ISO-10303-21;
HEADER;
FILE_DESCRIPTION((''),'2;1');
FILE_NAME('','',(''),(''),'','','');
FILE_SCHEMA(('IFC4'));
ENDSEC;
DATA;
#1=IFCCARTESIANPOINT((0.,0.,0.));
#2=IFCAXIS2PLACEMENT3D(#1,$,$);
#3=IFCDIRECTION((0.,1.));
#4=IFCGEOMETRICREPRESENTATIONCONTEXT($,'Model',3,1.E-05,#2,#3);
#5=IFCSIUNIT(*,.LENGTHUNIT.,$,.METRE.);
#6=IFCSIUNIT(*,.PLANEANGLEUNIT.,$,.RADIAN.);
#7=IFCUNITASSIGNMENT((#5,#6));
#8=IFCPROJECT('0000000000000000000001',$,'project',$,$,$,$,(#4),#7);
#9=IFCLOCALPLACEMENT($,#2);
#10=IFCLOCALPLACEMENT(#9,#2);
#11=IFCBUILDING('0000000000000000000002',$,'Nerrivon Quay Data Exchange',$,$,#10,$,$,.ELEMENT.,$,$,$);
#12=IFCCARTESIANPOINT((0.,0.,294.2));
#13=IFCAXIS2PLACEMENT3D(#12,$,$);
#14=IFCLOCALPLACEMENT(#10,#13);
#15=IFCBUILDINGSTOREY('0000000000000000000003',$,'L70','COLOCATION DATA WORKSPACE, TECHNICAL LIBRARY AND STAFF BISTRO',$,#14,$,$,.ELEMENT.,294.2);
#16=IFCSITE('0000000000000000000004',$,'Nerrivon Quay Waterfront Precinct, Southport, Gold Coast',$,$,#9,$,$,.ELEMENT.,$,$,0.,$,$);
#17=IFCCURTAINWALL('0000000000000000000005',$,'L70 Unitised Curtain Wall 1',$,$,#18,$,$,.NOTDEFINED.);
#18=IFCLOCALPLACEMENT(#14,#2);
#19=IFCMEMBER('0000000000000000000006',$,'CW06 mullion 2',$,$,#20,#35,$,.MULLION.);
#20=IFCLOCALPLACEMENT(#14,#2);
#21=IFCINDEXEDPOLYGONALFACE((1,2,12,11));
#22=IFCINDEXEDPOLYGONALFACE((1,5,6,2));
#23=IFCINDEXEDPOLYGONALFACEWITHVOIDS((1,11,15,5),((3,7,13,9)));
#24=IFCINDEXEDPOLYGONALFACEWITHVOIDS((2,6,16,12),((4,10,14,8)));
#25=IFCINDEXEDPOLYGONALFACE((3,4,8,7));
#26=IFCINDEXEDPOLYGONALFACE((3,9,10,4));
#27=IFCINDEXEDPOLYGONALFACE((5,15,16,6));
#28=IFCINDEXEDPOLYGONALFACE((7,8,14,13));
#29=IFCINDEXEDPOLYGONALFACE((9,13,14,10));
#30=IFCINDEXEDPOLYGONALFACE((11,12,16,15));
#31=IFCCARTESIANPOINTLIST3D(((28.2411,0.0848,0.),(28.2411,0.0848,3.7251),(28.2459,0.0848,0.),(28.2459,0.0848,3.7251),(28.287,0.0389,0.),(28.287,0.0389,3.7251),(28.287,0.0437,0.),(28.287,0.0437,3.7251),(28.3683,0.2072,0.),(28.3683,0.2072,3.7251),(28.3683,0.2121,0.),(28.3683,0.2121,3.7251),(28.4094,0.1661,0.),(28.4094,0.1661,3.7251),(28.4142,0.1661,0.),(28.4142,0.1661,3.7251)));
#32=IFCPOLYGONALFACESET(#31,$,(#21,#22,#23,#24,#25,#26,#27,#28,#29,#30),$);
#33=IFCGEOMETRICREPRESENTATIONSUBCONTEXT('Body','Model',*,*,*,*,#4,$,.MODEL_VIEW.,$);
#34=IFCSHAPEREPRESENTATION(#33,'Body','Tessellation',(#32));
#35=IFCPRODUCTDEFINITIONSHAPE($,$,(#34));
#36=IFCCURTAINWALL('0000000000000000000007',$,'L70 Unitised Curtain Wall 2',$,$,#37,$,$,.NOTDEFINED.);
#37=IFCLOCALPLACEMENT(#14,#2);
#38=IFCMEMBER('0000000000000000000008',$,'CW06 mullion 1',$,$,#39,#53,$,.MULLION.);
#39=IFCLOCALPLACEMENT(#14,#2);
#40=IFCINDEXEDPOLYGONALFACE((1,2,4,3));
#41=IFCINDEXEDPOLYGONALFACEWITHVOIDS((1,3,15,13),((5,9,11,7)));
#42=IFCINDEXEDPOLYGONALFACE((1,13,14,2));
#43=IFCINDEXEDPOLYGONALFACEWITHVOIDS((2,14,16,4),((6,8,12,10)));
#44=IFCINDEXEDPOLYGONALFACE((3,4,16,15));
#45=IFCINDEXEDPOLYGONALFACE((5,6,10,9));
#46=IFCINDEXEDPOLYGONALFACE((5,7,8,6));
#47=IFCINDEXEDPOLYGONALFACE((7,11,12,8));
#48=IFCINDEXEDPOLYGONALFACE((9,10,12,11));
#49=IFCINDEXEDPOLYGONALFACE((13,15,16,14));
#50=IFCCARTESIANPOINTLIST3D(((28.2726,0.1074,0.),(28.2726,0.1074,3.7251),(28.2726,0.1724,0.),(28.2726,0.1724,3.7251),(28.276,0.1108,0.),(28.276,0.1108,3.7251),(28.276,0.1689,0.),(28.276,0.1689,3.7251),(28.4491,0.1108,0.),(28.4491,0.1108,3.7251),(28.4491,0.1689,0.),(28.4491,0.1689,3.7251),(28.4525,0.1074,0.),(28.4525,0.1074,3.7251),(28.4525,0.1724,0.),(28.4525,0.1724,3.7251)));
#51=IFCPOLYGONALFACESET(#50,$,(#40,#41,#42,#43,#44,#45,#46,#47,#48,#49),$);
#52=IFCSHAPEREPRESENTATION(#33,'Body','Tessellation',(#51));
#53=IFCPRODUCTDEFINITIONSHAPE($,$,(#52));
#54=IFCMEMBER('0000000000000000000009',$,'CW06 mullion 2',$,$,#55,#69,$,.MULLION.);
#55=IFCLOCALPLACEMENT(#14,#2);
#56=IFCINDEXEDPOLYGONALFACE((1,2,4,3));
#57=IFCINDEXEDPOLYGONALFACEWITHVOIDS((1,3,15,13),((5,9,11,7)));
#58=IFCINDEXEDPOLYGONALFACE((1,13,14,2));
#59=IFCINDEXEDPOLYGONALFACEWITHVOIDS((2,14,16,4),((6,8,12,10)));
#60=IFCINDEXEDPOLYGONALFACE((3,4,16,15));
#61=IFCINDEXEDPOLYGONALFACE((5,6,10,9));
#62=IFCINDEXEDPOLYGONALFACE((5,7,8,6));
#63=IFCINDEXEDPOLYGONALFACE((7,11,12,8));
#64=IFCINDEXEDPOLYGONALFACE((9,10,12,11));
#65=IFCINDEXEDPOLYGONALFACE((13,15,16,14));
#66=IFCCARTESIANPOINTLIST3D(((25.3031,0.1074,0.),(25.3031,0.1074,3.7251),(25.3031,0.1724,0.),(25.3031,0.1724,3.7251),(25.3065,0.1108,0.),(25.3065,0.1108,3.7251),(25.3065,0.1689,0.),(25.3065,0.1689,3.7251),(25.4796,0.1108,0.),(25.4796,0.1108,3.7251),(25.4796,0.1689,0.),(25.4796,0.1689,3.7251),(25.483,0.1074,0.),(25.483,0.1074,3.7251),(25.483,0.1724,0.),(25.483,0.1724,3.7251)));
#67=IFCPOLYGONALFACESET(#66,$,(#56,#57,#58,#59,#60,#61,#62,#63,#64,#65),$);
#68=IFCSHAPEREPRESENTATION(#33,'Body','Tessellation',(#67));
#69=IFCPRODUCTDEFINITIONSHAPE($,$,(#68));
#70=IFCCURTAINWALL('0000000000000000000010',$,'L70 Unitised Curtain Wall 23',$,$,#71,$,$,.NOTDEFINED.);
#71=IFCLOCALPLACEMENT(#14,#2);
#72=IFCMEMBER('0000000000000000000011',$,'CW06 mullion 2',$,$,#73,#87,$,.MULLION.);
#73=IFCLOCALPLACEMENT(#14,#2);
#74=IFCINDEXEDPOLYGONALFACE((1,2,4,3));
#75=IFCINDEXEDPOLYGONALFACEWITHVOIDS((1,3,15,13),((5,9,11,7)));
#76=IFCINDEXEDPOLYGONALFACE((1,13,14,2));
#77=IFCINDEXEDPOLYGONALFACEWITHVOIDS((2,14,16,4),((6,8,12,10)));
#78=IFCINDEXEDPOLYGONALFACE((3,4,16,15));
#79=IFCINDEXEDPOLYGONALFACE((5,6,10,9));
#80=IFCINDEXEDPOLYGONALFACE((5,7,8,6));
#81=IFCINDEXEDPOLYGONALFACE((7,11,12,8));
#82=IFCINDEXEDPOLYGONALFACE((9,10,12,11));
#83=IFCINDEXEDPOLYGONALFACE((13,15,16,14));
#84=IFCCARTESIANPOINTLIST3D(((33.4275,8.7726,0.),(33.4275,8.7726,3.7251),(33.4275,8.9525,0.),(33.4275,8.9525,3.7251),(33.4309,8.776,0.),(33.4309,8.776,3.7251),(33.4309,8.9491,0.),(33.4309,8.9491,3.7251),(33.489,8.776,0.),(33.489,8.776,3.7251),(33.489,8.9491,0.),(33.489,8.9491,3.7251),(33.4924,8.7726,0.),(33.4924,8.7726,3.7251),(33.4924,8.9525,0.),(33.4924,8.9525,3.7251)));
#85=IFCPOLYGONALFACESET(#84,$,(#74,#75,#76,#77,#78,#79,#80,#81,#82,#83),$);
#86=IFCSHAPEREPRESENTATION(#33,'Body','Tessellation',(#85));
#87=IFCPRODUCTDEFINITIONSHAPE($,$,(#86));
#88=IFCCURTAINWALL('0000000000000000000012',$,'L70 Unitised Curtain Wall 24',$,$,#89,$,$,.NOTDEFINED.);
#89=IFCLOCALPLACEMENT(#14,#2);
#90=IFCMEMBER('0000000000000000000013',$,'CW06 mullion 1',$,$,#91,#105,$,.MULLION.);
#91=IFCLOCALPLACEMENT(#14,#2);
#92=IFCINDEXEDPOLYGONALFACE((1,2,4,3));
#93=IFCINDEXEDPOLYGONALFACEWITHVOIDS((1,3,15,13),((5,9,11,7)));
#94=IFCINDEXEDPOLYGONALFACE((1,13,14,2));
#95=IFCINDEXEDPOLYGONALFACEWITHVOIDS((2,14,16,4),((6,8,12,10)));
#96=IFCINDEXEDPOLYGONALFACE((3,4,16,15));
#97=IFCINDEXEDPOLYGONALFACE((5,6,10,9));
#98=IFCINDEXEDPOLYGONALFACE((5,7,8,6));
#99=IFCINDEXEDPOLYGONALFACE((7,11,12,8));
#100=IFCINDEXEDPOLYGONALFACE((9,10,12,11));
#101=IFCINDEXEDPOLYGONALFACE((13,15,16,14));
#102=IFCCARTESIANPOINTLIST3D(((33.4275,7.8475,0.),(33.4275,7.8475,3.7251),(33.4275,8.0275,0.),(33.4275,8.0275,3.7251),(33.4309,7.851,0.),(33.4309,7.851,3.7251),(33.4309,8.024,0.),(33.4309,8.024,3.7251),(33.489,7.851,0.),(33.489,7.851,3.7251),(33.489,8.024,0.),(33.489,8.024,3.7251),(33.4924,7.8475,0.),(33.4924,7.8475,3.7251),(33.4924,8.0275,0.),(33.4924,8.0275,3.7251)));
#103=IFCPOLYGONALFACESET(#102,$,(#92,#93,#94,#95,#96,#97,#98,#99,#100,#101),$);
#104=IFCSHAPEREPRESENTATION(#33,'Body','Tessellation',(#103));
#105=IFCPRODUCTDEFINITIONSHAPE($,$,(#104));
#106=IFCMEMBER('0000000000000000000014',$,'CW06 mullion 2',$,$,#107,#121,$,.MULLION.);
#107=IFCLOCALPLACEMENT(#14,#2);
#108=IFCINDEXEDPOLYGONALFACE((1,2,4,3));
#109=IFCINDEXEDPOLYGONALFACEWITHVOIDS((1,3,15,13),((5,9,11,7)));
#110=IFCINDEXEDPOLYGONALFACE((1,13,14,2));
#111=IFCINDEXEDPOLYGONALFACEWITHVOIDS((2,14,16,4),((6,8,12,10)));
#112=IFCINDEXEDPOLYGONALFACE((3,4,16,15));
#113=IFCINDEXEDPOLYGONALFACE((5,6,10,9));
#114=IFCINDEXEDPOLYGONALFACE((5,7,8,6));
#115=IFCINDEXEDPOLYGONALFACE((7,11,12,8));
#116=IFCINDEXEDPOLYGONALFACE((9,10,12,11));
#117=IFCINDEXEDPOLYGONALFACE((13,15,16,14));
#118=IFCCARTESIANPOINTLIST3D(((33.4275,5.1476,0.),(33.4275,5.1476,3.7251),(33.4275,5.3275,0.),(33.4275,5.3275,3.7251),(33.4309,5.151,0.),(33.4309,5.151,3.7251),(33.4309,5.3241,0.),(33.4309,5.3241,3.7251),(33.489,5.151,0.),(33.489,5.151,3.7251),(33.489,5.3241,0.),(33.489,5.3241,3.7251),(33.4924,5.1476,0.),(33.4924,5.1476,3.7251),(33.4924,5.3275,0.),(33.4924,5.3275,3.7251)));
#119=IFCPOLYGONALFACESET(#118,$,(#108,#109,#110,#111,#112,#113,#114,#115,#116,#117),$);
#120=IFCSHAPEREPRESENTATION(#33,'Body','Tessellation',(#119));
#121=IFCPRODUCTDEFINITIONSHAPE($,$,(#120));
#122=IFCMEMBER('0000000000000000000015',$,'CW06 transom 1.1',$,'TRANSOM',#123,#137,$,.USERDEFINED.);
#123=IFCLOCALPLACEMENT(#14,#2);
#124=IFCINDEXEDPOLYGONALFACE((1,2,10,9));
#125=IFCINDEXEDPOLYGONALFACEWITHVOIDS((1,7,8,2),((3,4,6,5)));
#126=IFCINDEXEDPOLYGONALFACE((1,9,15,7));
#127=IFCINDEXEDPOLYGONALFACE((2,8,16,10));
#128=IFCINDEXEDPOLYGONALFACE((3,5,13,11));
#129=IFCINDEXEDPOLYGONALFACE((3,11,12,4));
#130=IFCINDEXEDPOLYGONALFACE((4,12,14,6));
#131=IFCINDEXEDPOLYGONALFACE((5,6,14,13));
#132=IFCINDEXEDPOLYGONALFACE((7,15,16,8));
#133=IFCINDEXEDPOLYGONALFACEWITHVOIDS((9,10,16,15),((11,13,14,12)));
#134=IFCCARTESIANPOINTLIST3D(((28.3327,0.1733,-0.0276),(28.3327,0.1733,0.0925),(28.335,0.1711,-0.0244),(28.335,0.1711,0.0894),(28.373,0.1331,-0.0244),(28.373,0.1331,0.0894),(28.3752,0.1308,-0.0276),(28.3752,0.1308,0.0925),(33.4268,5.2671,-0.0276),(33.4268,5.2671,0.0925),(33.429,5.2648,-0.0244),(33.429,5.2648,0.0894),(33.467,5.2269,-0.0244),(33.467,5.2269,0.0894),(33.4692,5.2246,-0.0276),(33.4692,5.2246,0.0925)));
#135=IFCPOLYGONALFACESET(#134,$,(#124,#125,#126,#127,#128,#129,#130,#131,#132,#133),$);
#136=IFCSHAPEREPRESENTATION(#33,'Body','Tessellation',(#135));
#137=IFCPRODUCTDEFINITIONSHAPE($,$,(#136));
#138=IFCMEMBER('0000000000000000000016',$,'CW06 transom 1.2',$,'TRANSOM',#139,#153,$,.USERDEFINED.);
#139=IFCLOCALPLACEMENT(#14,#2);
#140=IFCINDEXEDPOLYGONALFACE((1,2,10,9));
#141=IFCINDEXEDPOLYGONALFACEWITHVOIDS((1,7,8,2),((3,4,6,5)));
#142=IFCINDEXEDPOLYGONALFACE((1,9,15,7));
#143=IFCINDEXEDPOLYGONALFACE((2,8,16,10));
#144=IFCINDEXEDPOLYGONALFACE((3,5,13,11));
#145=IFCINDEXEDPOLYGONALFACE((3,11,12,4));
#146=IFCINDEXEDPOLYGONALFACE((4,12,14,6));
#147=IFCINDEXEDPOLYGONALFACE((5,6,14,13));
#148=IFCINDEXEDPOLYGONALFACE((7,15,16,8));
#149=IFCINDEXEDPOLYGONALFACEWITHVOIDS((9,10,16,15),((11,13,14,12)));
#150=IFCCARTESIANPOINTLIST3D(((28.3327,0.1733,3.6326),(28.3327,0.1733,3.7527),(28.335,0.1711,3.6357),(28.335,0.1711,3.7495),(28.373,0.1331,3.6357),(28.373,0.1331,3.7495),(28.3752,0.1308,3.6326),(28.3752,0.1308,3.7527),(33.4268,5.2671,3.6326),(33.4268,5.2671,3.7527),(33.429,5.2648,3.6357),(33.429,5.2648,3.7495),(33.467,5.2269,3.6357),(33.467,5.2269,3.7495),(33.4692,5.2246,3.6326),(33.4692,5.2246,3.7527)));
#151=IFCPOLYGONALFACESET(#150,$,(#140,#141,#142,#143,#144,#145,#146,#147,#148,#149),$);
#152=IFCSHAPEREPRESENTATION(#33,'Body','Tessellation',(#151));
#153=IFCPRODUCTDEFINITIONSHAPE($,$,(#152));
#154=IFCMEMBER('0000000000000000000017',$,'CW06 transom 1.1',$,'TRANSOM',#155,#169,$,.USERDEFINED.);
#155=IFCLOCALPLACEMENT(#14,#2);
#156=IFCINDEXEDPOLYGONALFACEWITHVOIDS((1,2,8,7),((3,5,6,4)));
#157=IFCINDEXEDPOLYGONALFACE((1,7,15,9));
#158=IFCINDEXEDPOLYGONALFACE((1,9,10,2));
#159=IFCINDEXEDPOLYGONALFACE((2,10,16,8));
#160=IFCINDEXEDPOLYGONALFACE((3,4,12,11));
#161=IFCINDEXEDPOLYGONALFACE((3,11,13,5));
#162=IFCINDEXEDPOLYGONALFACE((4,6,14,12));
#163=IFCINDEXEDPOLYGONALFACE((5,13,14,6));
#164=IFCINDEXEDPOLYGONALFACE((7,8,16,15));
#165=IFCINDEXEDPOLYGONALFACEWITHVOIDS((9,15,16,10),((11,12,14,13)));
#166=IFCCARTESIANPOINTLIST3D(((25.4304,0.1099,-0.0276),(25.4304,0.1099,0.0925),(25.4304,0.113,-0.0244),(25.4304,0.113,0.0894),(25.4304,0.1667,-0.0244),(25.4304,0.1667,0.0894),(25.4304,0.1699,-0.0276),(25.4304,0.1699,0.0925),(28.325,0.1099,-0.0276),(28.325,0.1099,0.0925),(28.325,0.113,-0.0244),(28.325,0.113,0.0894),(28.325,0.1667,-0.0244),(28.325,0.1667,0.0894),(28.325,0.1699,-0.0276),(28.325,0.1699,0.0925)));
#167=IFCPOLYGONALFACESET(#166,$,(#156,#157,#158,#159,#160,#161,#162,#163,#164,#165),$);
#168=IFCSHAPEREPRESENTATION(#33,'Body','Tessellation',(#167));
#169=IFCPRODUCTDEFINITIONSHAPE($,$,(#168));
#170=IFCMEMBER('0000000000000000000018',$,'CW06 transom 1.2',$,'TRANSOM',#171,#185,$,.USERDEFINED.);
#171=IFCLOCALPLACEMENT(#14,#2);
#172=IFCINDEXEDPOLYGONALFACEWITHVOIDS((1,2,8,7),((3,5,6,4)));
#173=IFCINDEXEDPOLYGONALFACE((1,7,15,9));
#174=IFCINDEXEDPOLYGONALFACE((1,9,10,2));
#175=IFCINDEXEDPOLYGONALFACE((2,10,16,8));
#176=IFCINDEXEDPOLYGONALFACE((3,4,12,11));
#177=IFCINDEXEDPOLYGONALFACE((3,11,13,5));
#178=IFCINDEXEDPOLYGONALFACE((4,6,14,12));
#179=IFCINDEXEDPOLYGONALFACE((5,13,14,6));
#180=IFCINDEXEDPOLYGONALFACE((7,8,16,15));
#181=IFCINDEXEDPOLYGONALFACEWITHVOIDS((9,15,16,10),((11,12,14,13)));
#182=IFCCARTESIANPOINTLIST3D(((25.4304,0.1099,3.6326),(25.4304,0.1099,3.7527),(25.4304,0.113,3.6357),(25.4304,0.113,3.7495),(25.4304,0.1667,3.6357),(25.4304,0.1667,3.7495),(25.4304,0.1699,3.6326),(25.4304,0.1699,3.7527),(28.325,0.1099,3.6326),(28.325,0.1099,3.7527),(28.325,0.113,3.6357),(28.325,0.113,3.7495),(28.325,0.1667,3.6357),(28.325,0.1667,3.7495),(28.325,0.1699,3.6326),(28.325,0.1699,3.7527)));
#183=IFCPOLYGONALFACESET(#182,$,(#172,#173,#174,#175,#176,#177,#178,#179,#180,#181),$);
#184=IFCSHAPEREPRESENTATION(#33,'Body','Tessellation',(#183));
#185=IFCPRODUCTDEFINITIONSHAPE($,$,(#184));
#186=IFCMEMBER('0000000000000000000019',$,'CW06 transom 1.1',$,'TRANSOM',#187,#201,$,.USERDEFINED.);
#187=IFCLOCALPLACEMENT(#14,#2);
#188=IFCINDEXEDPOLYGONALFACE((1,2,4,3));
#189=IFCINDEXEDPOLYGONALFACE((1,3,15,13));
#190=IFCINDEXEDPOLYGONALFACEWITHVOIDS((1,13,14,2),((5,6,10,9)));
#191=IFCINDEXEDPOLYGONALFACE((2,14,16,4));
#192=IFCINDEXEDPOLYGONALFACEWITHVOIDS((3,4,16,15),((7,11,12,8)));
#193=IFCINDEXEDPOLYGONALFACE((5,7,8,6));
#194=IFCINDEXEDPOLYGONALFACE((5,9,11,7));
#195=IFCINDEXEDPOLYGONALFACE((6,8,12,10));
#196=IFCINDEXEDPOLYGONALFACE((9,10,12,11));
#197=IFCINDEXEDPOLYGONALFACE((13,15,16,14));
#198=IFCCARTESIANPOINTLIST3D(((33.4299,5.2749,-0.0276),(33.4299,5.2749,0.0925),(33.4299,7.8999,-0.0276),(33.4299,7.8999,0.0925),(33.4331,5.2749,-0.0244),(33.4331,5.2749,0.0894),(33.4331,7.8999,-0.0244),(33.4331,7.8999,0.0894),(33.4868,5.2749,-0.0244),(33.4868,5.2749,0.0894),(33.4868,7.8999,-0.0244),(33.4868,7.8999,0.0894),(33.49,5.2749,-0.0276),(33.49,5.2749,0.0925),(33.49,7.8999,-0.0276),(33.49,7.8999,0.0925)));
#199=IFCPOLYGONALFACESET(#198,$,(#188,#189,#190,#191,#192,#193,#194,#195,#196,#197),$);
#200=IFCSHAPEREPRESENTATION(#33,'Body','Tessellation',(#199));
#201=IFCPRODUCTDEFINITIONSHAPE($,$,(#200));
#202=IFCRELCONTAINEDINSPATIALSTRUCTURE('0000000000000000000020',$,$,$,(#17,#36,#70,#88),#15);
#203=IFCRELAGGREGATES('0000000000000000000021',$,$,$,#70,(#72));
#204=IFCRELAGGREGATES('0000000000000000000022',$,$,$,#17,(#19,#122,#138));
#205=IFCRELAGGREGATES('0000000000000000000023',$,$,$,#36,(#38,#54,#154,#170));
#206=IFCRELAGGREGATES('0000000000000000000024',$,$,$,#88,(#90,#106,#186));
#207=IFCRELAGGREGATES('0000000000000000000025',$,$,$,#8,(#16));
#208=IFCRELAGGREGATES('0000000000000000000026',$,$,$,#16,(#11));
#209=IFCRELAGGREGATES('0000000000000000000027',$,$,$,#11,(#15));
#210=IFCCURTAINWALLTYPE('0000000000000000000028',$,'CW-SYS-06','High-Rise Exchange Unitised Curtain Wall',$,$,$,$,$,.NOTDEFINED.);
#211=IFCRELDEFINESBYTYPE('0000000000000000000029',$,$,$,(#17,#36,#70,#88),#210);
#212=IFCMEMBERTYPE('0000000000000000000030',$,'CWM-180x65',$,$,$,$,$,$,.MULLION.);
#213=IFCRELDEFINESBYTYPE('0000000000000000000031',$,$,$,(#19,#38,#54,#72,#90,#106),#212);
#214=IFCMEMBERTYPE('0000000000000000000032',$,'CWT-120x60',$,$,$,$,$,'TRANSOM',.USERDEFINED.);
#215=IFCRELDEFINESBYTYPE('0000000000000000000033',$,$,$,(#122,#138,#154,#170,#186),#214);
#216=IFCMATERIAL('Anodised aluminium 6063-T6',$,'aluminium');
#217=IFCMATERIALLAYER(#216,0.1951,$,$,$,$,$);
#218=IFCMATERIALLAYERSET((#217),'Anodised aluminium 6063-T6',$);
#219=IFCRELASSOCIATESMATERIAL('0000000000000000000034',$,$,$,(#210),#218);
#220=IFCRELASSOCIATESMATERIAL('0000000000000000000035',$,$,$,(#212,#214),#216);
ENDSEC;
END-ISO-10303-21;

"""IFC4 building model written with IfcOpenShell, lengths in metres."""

from ifc_helpers import new_model, si_unit, direction, frame, origin, origin_2d, place, context, subcontext, project, spatial, hollow_rectangle, extrude, material, layer, layer_set, material_profile, profile_set, type_object, element, aggregate, save


model = new_model("IFC4")

# Units and contexts
model_context = context("Model", 3, precision=1e-05, world=origin(), true_north=direction((0.0, 1.0)))
body_context = subcontext(model_context, "Body", "Model", "MODEL_VIEW")
ifc_project = project(units=[si_unit("LENGTHUNIT", "METRE"), si_unit("PLANEANGLEUNIT", "RADIAN")], contexts=[model_context])

# Site, building, storey
site_placement = place(None, origin())
site = spatial("IfcSite", under=ifc_project, at=site_placement, Name="Nerrivon Quay Waterfront Precinct, Southport, Gold Coast", CompositionType="ELEMENT", RefElevation=0.0)
building_placement = place(site_placement, origin())
building = spatial("IfcBuilding", under=site, at=building_placement, Name="Nerrivon Quay Data Exchange", CompositionType="ELEMENT")
storey_placement = place(building_placement, frame((0.0, 0.0, 294.2)))
storey = spatial("IfcBuildingStorey", under=building, at=storey_placement, Name="L70", Description="COLOCATION DATA WORKSPACE, TECHNICAL LIBRARY AND STAFF BISTRO", CompositionType="ELEMENT", Elevation=294.2)

# Curtain walls, members
ifc_material_1 = material(Name="Anodised aluminium 6063-T6", Category="aluminium")
ifc_layer_1 = layer(ifc_material_1, 0.1951)
ifc_layer_set_1 = layer_set([ifc_layer_1], Name="Anodised aluminium 6063-T6")
curtain_wall_type = type_object("IfcCurtainWallType", Name="CW-SYS-06", Description="High-Rise Exchange Unitised Curtain Wall", PredefinedType="NOTDEFINED", material=ifc_layer_set_1)
curtain_wall_1_placement = place(storey_placement, origin())
curtain_wall_1 = element("IfcCurtainWall", 1, at=curtain_wall_1_placement, inside=storey, type_object=curtain_wall_type, Name="L70 Unitised Curtain Wall 1", PredefinedType="NOTDEFINED")
ifc_material_profile_1 = material_profile(ifc_material_1, hollow_rectangle(XDim=0.0649, YDim=0.1799, WallThickness=0.0034, at=origin_2d()), Name="ALU-MULL-180x65")
ifc_profile_set_1 = profile_set([ifc_material_profile_1], Name="Anodised aluminium 6063-T6")
member_type_1 = type_object("IfcMemberType", Name="CWM-180x65", PredefinedType="MULLION", material=ifc_profile_set_1)
member_1_placement = place(storey_placement, frame((28.3276, 0.1255, 0.0), z_axis=(0.0, 0.0, 1.0), x_axis=(0.707107, -0.707107, 0.0)))
member_1 = element("IfcMember", 2, at=member_1_placement, type_object=member_type_1, Name="CW06 mullion 2", PredefinedType="MULLION", context=body_context, shape_type="SweptSolid", body=[
    extrude(hollow_rectangle(XDim=0.0649, YDim=0.1799, WallThickness=0.0034, at=origin_2d()), origin(), (0.0, 0.0, 1.0), 3.7251),
])
curtain_wall_2_placement = place(storey_placement, origin())
curtain_wall_2 = element("IfcCurtainWall", 3, at=curtain_wall_2_placement, inside=storey, type_object=curtain_wall_type, Name="L70 Unitised Curtain Wall 2", PredefinedType="NOTDEFINED")
member_2_placement = place(storey_placement, frame((28.3625, 0.1399, 0.0), z_axis=(0.0, 0.0, 1.0), x_axis=(0.0, -1.0, 0.0)))
member_2 = element("IfcMember", 4, at=member_2_placement, type_object=member_type_1, Name="CW06 mullion 1", PredefinedType="MULLION", context=body_context, shape_type="SweptSolid", body=[
    extrude(hollow_rectangle(XDim=0.0649, YDim=0.1799, WallThickness=0.0034, at=origin_2d()), origin(), (0.0, 0.0, 1.0), 3.7251),
])
member_3_placement = place(storey_placement, frame((25.3931, 0.1399, 0.0), z_axis=(0.0, 0.0, 1.0), x_axis=(0.0, -1.0, 0.0)))
member_3 = element("IfcMember", 5, at=member_3_placement, type_object=member_type_1, Name="CW06 mullion 2", PredefinedType="MULLION", context=body_context, shape_type="SweptSolid", body=[
    extrude(hollow_rectangle(XDim=0.0649, YDim=0.1799, WallThickness=0.0034, at=origin_2d()), origin(), (0.0, 0.0, 1.0), 3.7251),
])

# Curtain wall, member
curtain_wall_3_placement = place(storey_placement, origin())
curtain_wall_3 = element("IfcCurtainWall", 6, at=curtain_wall_3_placement, inside=storey, type_object=curtain_wall_type, Name="L70 Unitised Curtain Wall 23", PredefinedType="NOTDEFINED")
member_4_placement = place(storey_placement, frame((33.46, 8.8625, 0.0), z_axis=(0.0, 0.0, 1.0), x_axis=(1.0, 0.0, 0.0)))
member_4 = element("IfcMember", 7, at=member_4_placement, type_object=member_type_1, Name="CW06 mullion 2", PredefinedType="MULLION", context=body_context, shape_type="SweptSolid", body=[
    extrude(hollow_rectangle(XDim=0.0649, YDim=0.1799, WallThickness=0.0034, at=origin_2d()), origin(), (0.0, 0.0, 1.0), 3.7251),
])
aggregate(curtain_wall_3, [member_4])

# Curtain wall, members
curtain_wall_4_placement = place(storey_placement, origin())
curtain_wall_4 = element("IfcCurtainWall", 8, at=curtain_wall_4_placement, inside=storey, type_object=curtain_wall_type, Name="L70 Unitised Curtain Wall 24", PredefinedType="NOTDEFINED")
member_5_placement = place(storey_placement, frame((33.46, 7.9375, 0.0), z_axis=(0.0, 0.0, 1.0), x_axis=(1.0, 0.0, 0.0)))
member_5 = element("IfcMember", 9, at=member_5_placement, type_object=member_type_1, Name="CW06 mullion 1", PredefinedType="MULLION", context=body_context, shape_type="SweptSolid", body=[
    extrude(hollow_rectangle(XDim=0.0649, YDim=0.1799, WallThickness=0.0034, at=origin_2d()), origin(), (0.0, 0.0, 1.0), 3.7251),
])
member_6_placement = place(storey_placement, frame((33.46, 5.2375, 0.0), z_axis=(0.0, 0.0, 1.0), x_axis=(1.0, 0.0, 0.0)))
member_6 = element("IfcMember", 10, at=member_6_placement, type_object=member_type_1, Name="CW06 mullion 2", PredefinedType="MULLION", context=body_context, shape_type="SweptSolid", body=[
    extrude(hollow_rectangle(XDim=0.0649, YDim=0.1799, WallThickness=0.0034, at=origin_2d()), origin(), (0.0, 0.0, 1.0), 3.7251),
])

# Members
ifc_material_profile_2 = material_profile(ifc_material_1, hollow_rectangle(XDim=0.0601, YDim=0.1201, WallThickness=0.0032, at=origin_2d()), Name="ALU-TRAN-120x60")
ifc_profile_set_2 = profile_set([ifc_material_profile_2], Name="Anodised aluminium 6063-T6")
member_type_2 = type_object("IfcMemberType", Name="CWT-120x60", ElementType="TRANSOM", PredefinedType="USERDEFINED", material=ifc_profile_set_2)
member_7_placement = place(storey_placement, frame((33.448, 5.2458, 0.0325), z_axis=(-0.707124, -0.70709, 0.0), x_axis=(0.70709, -0.707124, 0.0)))
member_7 = element("IfcMember", 11, at=member_7_placement, type_object=member_type_2, Name="CW06 transom 1.1", ObjectType="TRANSOM", PredefinedType="USERDEFINED", context=body_context, shape_type="SweptSolid", body=[
    extrude(hollow_rectangle(XDim=0.0601, YDim=0.1201, WallThickness=0.0032, at=origin_2d()), origin(), (0.0, 0.0, 1.0), 7.2039),
])
member_8_placement = place(storey_placement, frame((33.448, 5.2458, 3.6926), z_axis=(-0.707124, -0.70709, 0.0), x_axis=(0.70709, -0.707124, 0.0)))
member_8 = element("IfcMember", 12, at=member_8_placement, type_object=member_type_2, Name="CW06 transom 1.2", ObjectType="TRANSOM", PredefinedType="USERDEFINED", context=body_context, shape_type="SweptSolid", body=[
    extrude(hollow_rectangle(XDim=0.0601, YDim=0.1201, WallThickness=0.0032, at=origin_2d()), origin(), (0.0, 0.0, 1.0), 7.2039),
])
member_9_placement = place(storey_placement, frame((28.325, 0.1399, 0.0325), z_axis=(-1.0, 0.0, 0.0), x_axis=(0.0, -1.0, 0.0)))
member_9 = element("IfcMember", 13, at=member_9_placement, type_object=member_type_2, Name="CW06 transom 1.1", ObjectType="TRANSOM", PredefinedType="USERDEFINED", context=body_context, shape_type="SweptSolid", body=[
    extrude(hollow_rectangle(XDim=0.0601, YDim=0.1201, WallThickness=0.0032, at=origin_2d()), origin(), (0.0, 0.0, 1.0), 2.8945),
])
member_10_placement = place(storey_placement, frame((28.325, 0.1399, 3.6926), z_axis=(-1.0, 0.0, 0.0), x_axis=(0.0, -1.0, 0.0)))
member_10 = element("IfcMember", 14, at=member_10_placement, type_object=member_type_2, Name="CW06 transom 1.2", ObjectType="TRANSOM", PredefinedType="USERDEFINED", context=body_context, shape_type="SweptSolid", body=[
    extrude(hollow_rectangle(XDim=0.0601, YDim=0.1201, WallThickness=0.0032, at=origin_2d()), origin(), (0.0, 0.0, 1.0), 2.8945),
])
member_11_placement = place(storey_placement, frame((33.46, 7.8999, 0.0325), z_axis=(0.0, -1.0, 0.0), x_axis=(1.0, 0.0, 0.0)))
member_11 = element("IfcMember", 15, at=member_11_placement, type_object=member_type_2, Name="CW06 transom 1.1", ObjectType="TRANSOM", PredefinedType="USERDEFINED", context=body_context, shape_type="SweptSolid", body=[
    extrude(hollow_rectangle(XDim=0.0601, YDim=0.1201, WallThickness=0.0032, at=origin_2d()), origin(), (0.0, 0.0, 1.0), 2.625),
])

aggregate(curtain_wall_1, [member_1, member_7, member_8])
aggregate(curtain_wall_2, [member_2, member_3, member_9, member_10])
aggregate(curtain_wall_4, [member_5, member_6, member_11])

save(model, "model.ifc")
